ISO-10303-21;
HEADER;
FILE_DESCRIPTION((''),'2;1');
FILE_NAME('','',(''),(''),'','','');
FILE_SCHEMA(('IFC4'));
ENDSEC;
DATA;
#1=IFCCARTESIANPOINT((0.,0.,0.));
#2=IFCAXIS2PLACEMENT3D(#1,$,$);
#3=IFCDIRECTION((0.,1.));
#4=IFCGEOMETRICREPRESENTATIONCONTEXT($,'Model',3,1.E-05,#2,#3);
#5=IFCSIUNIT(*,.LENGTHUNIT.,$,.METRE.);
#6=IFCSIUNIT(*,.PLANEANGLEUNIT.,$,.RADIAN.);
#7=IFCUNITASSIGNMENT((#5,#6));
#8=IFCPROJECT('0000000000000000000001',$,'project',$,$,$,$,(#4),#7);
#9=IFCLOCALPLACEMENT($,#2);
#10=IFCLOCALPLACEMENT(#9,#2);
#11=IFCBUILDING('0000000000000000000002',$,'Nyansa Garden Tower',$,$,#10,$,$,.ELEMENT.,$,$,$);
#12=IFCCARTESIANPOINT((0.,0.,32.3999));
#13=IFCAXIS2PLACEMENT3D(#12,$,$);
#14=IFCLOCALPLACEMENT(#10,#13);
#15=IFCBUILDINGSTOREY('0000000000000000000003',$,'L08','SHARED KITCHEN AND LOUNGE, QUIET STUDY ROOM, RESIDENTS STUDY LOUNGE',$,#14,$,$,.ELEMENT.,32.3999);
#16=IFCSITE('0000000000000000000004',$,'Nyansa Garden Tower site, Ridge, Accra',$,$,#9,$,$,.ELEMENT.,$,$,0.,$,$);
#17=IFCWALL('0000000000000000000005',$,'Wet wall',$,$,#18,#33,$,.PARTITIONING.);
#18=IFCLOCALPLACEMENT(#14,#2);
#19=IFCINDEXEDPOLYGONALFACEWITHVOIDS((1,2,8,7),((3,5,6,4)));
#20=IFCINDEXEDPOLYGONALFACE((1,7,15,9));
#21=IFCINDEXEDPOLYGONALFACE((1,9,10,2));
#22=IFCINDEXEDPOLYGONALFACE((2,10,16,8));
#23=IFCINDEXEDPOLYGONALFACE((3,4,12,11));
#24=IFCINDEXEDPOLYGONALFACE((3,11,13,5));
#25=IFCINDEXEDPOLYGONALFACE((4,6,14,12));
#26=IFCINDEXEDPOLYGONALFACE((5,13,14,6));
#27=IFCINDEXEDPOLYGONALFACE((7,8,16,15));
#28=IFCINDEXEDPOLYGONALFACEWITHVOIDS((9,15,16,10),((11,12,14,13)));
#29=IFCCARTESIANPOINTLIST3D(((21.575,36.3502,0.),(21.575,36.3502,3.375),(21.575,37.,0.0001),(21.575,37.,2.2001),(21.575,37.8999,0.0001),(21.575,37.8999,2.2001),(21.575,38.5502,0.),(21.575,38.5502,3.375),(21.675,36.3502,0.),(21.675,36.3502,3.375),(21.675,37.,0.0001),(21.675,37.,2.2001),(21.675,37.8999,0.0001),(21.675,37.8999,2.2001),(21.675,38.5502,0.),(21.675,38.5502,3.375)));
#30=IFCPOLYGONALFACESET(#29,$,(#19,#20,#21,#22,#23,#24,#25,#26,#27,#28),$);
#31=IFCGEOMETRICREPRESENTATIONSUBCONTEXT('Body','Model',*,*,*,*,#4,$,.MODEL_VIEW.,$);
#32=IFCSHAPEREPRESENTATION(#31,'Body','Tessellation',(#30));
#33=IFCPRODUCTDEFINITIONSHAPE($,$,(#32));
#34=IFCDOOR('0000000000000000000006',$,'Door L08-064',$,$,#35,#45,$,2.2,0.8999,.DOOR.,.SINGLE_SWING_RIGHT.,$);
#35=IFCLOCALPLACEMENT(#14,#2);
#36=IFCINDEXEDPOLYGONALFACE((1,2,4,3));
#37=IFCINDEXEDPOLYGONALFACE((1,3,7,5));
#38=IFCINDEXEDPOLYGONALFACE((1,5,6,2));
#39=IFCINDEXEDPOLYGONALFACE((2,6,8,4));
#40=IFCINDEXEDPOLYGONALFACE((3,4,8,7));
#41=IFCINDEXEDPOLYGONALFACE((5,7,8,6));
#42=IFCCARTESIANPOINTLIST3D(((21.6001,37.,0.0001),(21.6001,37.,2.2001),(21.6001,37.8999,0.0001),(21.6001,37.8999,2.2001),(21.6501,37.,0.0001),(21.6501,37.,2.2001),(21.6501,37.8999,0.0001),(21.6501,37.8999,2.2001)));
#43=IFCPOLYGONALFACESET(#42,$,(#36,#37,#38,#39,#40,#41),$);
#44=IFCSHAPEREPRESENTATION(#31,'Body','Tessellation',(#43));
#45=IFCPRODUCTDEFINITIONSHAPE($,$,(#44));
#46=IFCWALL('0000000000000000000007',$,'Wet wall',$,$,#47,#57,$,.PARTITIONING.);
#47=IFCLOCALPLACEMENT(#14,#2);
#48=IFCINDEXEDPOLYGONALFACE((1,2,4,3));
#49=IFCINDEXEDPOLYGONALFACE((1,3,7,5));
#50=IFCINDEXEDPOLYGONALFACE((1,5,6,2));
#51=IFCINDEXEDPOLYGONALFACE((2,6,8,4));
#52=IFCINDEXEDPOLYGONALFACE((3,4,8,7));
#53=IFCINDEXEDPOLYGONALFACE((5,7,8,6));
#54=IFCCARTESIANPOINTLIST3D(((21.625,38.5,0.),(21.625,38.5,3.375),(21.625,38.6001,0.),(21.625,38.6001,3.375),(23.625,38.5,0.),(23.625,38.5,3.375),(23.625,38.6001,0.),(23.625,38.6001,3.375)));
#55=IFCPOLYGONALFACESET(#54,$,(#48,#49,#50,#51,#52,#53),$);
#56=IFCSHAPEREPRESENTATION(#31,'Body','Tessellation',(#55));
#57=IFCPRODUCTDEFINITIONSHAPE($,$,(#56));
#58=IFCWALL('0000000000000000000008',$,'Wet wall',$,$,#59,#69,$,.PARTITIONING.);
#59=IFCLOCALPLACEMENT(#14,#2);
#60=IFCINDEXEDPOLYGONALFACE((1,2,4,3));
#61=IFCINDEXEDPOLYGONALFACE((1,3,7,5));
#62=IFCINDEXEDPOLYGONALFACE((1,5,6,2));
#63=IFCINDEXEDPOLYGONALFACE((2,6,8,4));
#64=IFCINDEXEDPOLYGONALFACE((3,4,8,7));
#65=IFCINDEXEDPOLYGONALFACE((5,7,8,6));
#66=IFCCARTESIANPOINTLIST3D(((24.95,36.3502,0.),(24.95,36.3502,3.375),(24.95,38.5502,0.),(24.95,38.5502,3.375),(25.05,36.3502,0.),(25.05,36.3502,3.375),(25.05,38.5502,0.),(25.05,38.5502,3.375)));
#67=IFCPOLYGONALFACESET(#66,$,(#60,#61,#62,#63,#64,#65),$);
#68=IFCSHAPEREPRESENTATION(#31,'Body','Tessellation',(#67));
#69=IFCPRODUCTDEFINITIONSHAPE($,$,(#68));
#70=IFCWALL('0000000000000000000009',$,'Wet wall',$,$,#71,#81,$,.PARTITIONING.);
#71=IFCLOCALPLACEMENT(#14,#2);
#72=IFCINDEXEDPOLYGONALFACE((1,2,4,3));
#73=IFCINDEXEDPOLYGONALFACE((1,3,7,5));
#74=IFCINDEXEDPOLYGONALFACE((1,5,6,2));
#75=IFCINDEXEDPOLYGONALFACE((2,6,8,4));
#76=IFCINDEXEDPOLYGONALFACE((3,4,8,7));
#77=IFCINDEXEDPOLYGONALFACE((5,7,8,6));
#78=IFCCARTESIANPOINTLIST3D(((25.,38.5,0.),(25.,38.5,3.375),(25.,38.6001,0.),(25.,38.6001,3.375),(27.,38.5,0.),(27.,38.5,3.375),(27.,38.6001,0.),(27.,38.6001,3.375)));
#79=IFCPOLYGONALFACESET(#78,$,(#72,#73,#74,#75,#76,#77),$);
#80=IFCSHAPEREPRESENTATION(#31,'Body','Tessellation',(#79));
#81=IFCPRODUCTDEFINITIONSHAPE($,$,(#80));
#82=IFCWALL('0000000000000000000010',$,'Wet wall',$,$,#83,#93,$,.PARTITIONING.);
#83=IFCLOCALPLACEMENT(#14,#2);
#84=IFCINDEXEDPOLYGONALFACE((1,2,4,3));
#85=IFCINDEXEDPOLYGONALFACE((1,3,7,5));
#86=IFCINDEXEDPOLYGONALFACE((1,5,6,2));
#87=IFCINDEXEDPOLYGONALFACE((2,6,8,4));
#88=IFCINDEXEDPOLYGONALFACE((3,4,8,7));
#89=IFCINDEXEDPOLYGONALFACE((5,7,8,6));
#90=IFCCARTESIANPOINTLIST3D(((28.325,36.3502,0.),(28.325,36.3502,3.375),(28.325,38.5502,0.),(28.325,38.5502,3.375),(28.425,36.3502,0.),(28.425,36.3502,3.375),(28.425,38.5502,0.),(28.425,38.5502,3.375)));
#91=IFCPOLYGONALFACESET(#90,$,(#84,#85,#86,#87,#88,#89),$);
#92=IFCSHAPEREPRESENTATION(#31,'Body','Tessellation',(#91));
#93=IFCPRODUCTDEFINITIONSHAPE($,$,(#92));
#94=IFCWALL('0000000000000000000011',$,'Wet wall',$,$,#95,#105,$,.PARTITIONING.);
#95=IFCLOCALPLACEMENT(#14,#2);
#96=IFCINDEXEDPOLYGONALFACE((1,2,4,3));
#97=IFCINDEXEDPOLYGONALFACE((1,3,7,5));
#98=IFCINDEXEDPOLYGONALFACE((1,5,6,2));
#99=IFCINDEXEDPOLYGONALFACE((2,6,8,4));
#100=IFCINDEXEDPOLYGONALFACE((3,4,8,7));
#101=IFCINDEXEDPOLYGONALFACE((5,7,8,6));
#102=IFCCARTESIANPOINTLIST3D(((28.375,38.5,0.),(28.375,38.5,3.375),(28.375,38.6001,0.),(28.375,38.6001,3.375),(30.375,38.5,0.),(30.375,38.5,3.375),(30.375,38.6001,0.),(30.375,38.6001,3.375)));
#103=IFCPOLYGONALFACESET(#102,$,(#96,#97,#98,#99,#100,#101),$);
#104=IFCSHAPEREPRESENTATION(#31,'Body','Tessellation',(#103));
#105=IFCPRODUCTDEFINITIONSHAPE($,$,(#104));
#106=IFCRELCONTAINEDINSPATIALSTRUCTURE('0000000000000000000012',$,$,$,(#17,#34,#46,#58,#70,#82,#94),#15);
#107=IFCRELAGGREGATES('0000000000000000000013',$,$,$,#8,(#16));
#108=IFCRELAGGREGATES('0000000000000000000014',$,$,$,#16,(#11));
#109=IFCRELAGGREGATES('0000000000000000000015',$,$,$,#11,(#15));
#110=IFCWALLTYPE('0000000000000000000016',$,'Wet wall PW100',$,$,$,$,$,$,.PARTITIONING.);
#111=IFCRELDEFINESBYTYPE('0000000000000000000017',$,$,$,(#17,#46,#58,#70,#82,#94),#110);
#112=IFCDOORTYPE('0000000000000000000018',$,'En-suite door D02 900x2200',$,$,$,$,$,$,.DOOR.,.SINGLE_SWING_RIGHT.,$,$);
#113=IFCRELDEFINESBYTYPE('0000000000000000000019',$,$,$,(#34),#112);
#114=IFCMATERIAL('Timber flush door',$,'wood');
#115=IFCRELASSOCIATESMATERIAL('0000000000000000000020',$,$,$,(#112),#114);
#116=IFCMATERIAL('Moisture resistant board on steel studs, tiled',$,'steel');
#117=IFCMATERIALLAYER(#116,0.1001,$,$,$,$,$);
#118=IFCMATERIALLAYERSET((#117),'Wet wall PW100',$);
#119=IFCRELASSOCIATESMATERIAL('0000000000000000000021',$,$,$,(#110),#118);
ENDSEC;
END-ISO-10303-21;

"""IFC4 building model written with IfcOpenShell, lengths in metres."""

from ifc_helpers import new_model, si_unit, direction, frame, frame_2d, origin, place, context, subcontext, project, spatial, rectangle, extrude, material, layer, layer_set, type_object, element, fill, save


model = new_model("IFC4")

# Units and contexts
model_context = context("Model", 3, precision=1e-05, world=origin(), true_north=direction((0.0, 1.0)))
body_context = subcontext(model_context, "Body", "Model", "MODEL_VIEW")
ifc_project = project(units=[si_unit("LENGTHUNIT", "METRE"), si_unit("PLANEANGLEUNIT", "RADIAN")], contexts=[model_context])

# Site, building, storey
site_placement = place(None, origin())
site = spatial("IfcSite", under=ifc_project, at=site_placement, Name="Nyansa Garden Tower site, Ridge, Accra", CompositionType="ELEMENT", RefElevation=0.0)
building_placement = place(site_placement, origin())
building = spatial("IfcBuilding", under=site, at=building_placement, Name="Nyansa Garden Tower", CompositionType="ELEMENT")
storey_placement = place(building_placement, frame((0.0, 0.0, 32.3999)))
storey = spatial("IfcBuildingStorey", under=building, at=storey_placement, Name="L08", Description="SHARED KITCHEN AND LOUNGE, QUIET STUDY ROOM, RESIDENTS STUDY LOUNGE", CompositionType="ELEMENT", Elevation=32.3999)

# Wall, opening, door
ifc_material_1 = material(Name="Timber flush door", Category="wood")
door_type = type_object("IfcDoorType", Name="En-suite door D02 900x2200", OperationType="SINGLE_SWING_RIGHT", PredefinedType="DOOR", material=ifc_material_1)
ifc_material_2 = material(Name="Moisture resistant board on steel studs, tiled", Category="steel")
ifc_layer_1 = layer(ifc_material_2, 0.1001)
ifc_layer_set_1 = layer_set([ifc_layer_1], Name="Wet wall PW100")
wall_type_1 = type_object("IfcWallType", Name="Wet wall PW100", PredefinedType="PARTITIONING", material=ifc_layer_set_1)
wall_1_placement = place(storey_placement, frame((21.625, 36.3501, 0.0), z_axis=(0.0, 0.0, 1.0), x_axis=(0.0, 1.0, 0.0)))
wall_1 = element("IfcWall", 1, at=wall_1_placement, inside=storey, type_object=wall_type_1, Name="Wet wall", PredefinedType="PARTITIONING", context=body_context, shape_type="SweptSolid", body=[
    extrude(rectangle(XDim=2.2, YDim=0.1001, at=frame_2d((1.1001, 0.0))), origin(), (0.0, 0.0, 1.0), 3.375),
])
opening_1_placement = place(wall_1_placement, frame((0.6499, 0.0, 0.0)))
opening_1 = element("IfcOpeningElement", 2, at=opening_1_placement, cuts=wall_1, PredefinedType="OPENING", context=body_context, shape_type="SweptSolid", body=[
    extrude(rectangle(XDim=0.8999, YDim=2.2, at=frame_2d((0.45, 1.1001))), frame((0.0, 0.0601, 0.0), z_axis=(0.0, -1.0, 0.0), x_axis=(1.0, 0.0, 0.0)), (0.0, 0.0, 1.0), 0.1201),
])
door_1_placement = place(opening_1_placement, origin())
door_1 = element("IfcDoor", 3, at=door_1_placement, inside=storey, type_object=door_type, Name="Door L08-064", OperationType="SINGLE_SWING_RIGHT", OverallHeight=2.2, OverallWidth=0.8999, PredefinedType="DOOR", context=body_context, shape_type="SweptSolid", body=[
    extrude(rectangle(XDim=0.8999, YDim=2.2, at=frame_2d((0.45, 1.1001))), frame((0.0, 0.0249, 0.0), z_axis=(0.0, -1.0, 0.0), x_axis=(1.0, 0.0, 0.0)), (0.0, 0.0, 1.0), 0.05),
])
fill(opening_1, door_1)

# Walls
wall_2_placement = place(storey_placement, frame((21.625, 38.55, 0.0), z_axis=(0.0, 0.0, 1.0), x_axis=(1.0, 0.0, 0.0)))
element("IfcWall", 4, at=wall_2_placement, inside=storey, type_object=wall_type_1, Name="Wet wall", PredefinedType="PARTITIONING", context=body_context, shape_type="SweptSolid", body=[
    extrude(rectangle(XDim=2.0, YDim=0.1001, at=frame_2d((1.0, 0.0))), origin(), (0.0, 0.0, 1.0), 3.375),
])
wall_3_placement = place(storey_placement, frame((25.0, 36.3501, 0.0), z_axis=(0.0, 0.0, 1.0), x_axis=(0.0, 1.0, 0.0)))
element("IfcWall", 5, at=wall_3_placement, inside=storey, type_object=wall_type_1, Name="Wet wall", PredefinedType="PARTITIONING", context=body_context, shape_type="SweptSolid", body=[
    extrude(rectangle(XDim=2.2, YDim=0.1001, at=frame_2d((1.1001, 0.0))), origin(), (0.0, 0.0, 1.0), 3.375),
])
wall_4_placement = place(storey_placement, frame((25.0, 38.55, 0.0), z_axis=(0.0, 0.0, 1.0), x_axis=(1.0, 0.0, 0.0)))
element("IfcWall", 6, at=wall_4_placement, inside=storey, type_object=wall_type_1, Name="Wet wall", PredefinedType="PARTITIONING", context=body_context, shape_type="SweptSolid", body=[
    extrude(rectangle(XDim=2.0, YDim=0.1001, at=frame_2d((1.0, 0.0))), origin(), (0.0, 0.0, 1.0), 3.375),
])
wall_5_placement = place(storey_placement, frame((28.375, 36.3501, 0.0), z_axis=(0.0, 0.0, 1.0), x_axis=(0.0, 1.0, 0.0)))
element("IfcWall", 7, at=wall_5_placement, inside=storey, type_object=wall_type_1, Name="Wet wall", PredefinedType="PARTITIONING", context=body_context, shape_type="SweptSolid", body=[
    extrude(rectangle(XDim=2.2, YDim=0.1001, at=frame_2d((1.1001, 0.0))), origin(), (0.0, 0.0, 1.0), 3.375),
])
wall_6_placement = place(storey_placement, frame((28.375, 38.55, 0.0), z_axis=(0.0, 0.0, 1.0), x_axis=(1.0, 0.0, 0.0)))
element("IfcWall", 8, at=wall_6_placement, inside=storey, type_object=wall_type_1, Name="Wet wall", PredefinedType="PARTITIONING", context=body_context, shape_type="SweptSolid", body=[
    extrude(rectangle(XDim=2.0, YDim=0.1001, at=frame_2d((1.0, 0.0))), origin(), (0.0, 0.0, 1.0), 3.375),
])

save(model, "model.ifc")
